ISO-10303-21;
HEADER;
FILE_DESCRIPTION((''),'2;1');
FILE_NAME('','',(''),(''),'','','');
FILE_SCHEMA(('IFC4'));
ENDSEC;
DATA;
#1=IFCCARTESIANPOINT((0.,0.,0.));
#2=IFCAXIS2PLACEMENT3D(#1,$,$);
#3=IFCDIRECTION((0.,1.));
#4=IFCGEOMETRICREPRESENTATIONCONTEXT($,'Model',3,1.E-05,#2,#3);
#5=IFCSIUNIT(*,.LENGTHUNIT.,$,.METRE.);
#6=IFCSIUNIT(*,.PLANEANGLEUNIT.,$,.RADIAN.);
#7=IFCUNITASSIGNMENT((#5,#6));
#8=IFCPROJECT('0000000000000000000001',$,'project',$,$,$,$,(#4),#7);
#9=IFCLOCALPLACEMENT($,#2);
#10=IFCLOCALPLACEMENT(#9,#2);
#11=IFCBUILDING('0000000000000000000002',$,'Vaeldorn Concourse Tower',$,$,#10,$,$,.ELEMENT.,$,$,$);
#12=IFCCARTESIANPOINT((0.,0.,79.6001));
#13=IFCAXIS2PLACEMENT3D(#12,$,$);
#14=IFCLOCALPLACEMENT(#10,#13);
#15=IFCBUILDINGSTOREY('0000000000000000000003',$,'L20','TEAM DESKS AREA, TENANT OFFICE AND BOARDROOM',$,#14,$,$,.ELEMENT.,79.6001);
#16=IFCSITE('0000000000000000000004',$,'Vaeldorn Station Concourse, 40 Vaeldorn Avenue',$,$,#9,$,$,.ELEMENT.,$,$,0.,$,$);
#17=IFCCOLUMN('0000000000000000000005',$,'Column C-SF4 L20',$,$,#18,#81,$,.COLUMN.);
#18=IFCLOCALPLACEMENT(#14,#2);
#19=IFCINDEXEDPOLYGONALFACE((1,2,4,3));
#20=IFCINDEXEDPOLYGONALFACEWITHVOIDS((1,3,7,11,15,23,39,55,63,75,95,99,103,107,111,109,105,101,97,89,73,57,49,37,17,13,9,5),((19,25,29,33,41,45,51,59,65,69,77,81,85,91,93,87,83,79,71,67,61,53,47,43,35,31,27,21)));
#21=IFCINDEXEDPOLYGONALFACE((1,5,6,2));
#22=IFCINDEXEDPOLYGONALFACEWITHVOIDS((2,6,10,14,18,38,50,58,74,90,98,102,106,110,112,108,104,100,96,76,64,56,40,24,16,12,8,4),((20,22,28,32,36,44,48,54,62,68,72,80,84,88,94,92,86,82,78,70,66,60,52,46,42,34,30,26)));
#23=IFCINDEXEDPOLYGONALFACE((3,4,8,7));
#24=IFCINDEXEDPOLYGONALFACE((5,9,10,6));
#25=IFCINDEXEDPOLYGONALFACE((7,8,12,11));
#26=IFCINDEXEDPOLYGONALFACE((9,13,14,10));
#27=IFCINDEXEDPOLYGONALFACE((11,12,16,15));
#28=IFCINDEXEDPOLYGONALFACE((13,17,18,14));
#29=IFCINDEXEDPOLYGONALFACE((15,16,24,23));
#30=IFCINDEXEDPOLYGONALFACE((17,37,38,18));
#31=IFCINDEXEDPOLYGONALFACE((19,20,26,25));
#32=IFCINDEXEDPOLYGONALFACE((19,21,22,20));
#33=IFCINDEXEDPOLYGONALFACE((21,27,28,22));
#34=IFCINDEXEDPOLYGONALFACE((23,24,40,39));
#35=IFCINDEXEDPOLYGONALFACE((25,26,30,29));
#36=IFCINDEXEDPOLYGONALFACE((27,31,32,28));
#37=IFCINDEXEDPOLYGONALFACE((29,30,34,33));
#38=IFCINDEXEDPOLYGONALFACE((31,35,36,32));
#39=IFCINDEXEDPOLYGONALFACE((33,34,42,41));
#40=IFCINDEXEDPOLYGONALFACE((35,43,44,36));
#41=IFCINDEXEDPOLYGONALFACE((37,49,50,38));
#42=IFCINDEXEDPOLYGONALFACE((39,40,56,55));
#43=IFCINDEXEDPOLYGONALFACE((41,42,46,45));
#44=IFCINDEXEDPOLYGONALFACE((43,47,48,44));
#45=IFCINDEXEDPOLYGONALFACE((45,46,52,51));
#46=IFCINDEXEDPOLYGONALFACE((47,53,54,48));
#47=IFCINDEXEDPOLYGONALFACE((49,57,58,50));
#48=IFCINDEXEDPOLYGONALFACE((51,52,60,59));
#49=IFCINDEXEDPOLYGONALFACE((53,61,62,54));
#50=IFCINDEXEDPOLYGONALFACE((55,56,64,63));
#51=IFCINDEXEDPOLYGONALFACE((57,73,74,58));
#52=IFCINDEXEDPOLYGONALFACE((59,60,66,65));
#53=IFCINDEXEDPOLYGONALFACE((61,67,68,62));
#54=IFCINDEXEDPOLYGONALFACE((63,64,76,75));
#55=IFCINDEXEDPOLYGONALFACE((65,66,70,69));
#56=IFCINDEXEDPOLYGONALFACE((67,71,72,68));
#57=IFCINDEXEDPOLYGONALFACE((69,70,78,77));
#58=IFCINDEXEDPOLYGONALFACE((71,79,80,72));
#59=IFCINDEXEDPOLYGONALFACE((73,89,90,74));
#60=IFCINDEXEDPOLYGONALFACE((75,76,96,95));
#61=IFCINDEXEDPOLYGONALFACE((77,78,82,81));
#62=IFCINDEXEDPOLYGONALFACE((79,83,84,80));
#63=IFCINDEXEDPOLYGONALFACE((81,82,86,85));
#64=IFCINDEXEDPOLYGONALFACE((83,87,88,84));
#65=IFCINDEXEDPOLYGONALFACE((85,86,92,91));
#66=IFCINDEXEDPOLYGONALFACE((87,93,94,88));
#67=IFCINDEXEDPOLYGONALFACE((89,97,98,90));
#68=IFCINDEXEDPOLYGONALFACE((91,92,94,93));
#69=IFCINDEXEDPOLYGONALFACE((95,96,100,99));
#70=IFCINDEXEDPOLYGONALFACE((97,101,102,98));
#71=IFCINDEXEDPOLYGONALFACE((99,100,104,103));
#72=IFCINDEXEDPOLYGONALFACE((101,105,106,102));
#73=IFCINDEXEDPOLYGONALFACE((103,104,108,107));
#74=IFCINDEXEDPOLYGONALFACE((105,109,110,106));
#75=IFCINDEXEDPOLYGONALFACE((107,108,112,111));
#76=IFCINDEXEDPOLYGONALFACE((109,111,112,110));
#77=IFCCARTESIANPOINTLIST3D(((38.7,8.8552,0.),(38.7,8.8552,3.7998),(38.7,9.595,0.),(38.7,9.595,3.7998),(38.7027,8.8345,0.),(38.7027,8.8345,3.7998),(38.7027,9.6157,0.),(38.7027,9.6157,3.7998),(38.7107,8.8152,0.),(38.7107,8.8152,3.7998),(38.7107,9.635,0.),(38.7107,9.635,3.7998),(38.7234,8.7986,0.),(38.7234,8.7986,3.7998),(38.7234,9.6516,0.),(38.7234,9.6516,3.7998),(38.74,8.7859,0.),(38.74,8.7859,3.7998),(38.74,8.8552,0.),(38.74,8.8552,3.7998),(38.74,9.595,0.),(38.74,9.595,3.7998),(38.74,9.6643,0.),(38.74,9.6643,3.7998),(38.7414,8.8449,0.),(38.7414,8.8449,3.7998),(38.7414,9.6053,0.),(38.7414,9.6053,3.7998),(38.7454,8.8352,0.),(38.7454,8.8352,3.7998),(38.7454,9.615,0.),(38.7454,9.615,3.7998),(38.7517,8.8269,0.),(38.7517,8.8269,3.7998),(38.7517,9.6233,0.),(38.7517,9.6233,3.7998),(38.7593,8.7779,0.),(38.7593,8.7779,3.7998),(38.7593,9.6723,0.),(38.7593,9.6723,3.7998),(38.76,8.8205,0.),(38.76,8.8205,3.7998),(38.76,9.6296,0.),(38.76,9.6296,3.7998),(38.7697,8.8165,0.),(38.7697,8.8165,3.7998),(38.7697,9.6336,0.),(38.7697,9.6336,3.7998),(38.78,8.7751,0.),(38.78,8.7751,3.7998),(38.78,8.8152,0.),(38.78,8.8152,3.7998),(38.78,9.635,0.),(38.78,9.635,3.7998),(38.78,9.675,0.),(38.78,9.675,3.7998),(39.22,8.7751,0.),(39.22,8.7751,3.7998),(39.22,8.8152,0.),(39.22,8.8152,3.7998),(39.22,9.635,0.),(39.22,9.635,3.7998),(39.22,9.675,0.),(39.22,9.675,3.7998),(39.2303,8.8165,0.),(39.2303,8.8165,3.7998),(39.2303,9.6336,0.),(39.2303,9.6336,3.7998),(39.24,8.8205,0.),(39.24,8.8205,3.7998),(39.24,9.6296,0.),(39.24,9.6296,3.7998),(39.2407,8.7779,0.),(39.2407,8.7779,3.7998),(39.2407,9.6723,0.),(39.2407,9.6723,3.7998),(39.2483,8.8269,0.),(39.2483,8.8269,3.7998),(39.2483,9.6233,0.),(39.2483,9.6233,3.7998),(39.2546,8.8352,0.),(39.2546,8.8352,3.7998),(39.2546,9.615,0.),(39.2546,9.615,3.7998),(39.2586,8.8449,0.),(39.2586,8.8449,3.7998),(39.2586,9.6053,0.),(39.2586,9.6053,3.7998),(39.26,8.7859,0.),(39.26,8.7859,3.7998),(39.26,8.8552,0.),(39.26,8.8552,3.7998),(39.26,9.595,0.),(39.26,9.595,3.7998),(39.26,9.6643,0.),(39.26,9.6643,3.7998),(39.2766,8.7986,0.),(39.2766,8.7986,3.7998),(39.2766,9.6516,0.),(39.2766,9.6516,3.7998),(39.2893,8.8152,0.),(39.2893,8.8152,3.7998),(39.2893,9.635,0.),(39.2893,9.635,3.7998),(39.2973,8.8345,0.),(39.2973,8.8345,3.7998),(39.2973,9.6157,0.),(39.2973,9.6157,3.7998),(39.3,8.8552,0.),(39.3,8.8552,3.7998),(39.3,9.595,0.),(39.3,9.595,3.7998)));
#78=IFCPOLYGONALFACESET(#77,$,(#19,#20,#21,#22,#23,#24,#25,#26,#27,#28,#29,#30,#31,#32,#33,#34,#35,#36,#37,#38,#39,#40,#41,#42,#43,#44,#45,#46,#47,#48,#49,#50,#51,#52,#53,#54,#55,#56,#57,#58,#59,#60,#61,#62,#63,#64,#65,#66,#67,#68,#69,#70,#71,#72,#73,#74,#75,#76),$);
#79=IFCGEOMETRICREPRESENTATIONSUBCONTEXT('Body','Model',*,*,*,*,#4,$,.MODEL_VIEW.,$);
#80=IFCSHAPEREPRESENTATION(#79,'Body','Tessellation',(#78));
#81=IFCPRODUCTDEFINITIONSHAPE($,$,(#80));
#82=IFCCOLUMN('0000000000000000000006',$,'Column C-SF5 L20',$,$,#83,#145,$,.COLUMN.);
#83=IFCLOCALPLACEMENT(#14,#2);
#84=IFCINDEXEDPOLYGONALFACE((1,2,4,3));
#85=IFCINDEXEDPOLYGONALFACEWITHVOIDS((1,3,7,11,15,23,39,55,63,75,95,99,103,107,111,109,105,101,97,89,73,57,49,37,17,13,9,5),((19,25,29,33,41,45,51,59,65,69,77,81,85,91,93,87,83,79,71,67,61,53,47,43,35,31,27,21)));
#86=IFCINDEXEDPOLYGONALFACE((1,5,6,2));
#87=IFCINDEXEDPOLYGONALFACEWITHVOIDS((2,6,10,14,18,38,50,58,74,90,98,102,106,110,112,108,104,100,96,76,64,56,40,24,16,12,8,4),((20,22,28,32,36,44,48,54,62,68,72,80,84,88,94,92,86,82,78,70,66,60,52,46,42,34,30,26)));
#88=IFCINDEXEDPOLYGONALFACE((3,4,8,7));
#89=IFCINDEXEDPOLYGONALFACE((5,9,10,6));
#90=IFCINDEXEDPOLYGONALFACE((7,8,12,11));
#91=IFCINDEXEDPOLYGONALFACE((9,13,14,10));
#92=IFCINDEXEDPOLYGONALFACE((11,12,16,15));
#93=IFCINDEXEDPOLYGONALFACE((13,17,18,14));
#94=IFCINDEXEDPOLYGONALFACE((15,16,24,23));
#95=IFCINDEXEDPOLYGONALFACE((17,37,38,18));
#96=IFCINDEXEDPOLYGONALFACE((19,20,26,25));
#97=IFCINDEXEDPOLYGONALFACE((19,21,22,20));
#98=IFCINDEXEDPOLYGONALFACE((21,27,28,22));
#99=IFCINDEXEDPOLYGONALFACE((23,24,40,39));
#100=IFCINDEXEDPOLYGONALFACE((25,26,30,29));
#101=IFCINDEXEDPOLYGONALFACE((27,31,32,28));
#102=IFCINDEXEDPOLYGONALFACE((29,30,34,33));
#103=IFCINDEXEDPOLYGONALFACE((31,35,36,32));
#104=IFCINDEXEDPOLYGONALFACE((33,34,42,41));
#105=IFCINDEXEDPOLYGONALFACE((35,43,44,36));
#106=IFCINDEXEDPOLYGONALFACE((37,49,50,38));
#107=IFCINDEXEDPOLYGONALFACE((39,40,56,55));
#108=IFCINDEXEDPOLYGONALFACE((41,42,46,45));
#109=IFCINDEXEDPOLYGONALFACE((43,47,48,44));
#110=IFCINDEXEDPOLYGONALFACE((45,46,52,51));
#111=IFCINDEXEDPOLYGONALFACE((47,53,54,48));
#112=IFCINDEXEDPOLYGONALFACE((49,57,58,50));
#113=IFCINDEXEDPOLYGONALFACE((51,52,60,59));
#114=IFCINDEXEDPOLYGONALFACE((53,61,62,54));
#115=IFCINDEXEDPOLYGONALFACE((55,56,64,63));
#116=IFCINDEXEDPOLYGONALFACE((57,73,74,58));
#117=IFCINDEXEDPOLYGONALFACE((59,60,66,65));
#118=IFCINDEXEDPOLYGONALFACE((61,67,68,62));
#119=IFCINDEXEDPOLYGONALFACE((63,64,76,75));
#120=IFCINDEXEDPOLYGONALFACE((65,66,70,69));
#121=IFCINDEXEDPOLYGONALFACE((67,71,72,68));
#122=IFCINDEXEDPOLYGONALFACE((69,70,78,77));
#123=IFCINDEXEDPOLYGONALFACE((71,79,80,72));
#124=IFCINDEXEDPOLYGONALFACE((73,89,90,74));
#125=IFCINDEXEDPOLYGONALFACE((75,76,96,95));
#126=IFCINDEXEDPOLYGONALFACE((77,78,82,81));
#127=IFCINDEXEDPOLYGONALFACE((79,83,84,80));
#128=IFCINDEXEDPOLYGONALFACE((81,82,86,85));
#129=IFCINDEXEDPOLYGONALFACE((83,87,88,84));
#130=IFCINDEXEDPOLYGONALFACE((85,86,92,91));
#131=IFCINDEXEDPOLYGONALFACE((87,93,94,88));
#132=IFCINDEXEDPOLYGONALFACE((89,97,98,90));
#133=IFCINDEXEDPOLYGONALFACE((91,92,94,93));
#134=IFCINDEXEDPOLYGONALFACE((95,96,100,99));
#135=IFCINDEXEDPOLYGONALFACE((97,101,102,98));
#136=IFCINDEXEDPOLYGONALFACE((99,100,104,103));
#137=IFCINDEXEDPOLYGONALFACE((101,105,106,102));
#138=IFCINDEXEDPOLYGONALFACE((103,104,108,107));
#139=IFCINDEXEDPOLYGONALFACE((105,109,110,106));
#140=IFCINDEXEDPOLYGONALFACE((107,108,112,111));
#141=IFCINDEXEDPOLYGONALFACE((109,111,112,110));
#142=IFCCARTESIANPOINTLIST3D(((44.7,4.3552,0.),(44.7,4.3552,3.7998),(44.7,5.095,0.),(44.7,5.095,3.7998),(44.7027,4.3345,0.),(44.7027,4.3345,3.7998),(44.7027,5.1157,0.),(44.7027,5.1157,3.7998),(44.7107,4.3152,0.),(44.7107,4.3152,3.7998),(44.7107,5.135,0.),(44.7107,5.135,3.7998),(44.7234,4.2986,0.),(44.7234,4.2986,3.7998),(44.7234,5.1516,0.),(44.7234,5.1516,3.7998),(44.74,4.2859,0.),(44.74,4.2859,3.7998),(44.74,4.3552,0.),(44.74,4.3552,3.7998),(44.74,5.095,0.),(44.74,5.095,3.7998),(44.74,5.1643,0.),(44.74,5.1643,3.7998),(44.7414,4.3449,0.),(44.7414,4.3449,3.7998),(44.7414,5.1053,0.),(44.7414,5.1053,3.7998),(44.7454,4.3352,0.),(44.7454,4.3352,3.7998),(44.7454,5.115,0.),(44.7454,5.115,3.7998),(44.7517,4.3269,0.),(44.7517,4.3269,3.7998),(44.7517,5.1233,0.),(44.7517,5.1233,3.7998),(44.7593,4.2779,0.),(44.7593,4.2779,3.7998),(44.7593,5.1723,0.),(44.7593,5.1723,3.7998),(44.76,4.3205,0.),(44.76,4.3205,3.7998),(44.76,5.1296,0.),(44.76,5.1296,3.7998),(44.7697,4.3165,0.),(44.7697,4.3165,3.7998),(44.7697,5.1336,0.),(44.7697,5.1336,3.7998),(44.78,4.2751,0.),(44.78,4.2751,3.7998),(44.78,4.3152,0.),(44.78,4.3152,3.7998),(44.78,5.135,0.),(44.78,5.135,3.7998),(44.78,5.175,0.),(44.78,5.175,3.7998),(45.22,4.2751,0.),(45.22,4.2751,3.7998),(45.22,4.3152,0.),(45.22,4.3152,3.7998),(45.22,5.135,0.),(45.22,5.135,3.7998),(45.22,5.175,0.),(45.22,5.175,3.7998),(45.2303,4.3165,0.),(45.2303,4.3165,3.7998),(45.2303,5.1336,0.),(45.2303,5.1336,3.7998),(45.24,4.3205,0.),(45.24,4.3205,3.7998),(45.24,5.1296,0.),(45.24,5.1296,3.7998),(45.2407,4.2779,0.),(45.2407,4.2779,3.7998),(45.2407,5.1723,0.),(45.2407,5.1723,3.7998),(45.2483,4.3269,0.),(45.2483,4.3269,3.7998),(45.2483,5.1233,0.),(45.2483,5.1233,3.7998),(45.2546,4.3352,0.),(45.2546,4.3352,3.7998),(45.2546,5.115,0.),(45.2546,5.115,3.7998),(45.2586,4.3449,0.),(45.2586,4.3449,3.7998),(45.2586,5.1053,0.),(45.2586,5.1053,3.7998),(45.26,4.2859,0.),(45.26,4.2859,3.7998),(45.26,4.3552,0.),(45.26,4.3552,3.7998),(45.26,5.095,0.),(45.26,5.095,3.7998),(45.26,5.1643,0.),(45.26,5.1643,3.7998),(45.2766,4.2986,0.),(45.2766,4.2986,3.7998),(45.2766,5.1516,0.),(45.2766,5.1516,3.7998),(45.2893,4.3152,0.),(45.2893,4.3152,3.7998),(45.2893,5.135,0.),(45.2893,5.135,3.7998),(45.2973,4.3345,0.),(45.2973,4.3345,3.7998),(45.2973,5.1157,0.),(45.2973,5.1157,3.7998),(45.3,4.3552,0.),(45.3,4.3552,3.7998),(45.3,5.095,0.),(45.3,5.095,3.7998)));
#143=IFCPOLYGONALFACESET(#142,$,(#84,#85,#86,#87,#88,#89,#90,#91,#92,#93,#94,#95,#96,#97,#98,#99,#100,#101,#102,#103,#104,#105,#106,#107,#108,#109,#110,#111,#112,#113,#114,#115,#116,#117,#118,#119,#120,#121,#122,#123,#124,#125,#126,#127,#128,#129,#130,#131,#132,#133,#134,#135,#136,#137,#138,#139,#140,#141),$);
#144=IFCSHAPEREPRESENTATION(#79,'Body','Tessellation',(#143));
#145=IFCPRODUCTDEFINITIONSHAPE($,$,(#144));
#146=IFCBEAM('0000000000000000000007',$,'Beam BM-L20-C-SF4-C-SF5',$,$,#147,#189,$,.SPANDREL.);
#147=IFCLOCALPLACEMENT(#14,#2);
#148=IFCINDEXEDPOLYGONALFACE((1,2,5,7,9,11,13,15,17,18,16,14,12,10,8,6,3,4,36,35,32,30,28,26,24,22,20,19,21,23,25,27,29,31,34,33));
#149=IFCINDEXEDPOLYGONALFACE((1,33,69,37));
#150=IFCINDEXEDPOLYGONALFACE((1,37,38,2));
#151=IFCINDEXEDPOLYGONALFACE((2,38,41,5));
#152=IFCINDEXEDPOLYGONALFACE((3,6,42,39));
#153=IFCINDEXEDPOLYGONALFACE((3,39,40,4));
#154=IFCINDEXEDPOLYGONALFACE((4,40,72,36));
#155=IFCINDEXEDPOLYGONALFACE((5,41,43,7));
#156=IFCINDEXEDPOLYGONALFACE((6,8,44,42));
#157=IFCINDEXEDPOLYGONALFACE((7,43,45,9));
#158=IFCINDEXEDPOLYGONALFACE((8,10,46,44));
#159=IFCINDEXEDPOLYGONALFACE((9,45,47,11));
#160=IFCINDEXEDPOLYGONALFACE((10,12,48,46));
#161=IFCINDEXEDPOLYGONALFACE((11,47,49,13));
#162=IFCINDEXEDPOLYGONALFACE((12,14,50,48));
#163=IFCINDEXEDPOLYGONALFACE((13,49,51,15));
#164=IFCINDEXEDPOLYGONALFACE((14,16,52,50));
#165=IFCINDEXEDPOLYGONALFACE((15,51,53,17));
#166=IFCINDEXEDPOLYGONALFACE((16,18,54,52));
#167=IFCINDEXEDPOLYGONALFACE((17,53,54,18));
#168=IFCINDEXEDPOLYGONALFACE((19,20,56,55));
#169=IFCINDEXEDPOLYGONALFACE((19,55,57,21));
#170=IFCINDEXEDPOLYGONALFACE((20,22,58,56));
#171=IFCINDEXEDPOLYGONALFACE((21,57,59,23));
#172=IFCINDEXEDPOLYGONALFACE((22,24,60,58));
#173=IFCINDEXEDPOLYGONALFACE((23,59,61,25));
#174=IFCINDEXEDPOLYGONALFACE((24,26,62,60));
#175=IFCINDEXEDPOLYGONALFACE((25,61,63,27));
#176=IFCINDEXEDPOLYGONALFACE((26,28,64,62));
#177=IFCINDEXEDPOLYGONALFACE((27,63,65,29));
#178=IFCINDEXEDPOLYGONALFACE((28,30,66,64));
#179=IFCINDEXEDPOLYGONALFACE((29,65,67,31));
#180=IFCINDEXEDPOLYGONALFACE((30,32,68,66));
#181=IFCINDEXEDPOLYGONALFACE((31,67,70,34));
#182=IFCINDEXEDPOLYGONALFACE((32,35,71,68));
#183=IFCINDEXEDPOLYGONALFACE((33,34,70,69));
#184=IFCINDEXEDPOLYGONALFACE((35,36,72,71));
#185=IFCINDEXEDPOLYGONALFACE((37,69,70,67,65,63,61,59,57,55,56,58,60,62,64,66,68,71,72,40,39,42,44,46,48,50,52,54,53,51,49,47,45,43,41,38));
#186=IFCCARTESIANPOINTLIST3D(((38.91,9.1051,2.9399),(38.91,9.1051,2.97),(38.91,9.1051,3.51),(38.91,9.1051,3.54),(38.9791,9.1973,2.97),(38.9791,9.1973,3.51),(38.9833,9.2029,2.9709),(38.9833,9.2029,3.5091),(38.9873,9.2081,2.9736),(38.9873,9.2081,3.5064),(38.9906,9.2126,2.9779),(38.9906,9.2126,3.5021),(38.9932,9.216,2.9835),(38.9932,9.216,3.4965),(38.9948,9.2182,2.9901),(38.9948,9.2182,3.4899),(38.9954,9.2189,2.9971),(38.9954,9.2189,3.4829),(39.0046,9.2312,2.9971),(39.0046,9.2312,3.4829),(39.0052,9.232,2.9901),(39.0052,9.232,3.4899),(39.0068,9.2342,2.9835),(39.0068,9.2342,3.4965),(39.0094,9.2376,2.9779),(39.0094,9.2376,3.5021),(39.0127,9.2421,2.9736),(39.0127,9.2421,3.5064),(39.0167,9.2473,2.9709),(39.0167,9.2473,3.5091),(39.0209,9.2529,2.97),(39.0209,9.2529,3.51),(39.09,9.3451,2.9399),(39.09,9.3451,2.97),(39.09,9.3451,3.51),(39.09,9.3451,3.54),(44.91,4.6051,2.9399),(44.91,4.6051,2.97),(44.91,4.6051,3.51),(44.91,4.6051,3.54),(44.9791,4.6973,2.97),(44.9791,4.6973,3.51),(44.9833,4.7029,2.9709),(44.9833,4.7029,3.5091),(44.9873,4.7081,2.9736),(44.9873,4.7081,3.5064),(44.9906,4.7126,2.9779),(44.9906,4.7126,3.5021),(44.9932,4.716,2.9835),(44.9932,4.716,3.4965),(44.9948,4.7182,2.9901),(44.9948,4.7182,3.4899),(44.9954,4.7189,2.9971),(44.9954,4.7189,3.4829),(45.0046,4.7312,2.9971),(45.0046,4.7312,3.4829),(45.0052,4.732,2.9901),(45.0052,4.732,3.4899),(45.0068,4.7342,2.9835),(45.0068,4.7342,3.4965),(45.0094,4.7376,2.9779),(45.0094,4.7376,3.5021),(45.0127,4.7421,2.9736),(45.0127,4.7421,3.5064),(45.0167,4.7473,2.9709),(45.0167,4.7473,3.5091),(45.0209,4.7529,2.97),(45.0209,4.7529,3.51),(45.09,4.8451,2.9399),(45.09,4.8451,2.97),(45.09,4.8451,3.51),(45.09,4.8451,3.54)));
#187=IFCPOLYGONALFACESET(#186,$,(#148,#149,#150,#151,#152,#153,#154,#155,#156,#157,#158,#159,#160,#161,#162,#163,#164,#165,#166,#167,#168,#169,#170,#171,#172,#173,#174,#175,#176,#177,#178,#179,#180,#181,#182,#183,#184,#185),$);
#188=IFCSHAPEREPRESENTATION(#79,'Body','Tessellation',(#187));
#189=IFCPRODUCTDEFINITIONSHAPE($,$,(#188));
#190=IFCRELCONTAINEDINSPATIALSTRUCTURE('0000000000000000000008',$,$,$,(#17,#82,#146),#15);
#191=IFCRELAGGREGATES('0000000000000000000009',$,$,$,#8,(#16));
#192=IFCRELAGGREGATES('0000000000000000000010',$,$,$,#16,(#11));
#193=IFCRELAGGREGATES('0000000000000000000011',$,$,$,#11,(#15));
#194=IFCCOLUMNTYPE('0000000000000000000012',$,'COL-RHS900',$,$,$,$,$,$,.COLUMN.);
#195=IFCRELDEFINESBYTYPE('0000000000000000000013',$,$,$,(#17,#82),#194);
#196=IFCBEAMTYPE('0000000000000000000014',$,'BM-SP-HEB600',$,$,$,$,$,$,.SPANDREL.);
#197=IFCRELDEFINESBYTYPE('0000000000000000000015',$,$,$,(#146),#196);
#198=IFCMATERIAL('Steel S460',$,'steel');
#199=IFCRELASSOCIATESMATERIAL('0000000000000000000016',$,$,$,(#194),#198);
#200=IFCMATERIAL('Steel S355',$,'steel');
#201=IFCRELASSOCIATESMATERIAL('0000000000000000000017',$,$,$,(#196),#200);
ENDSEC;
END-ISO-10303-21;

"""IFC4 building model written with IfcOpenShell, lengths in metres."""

from ifc_helpers import new_model, si_unit, direction, frame, origin, origin_2d, place, context, subcontext, project, spatial, hollow_rectangle, i_section, extrude, source, transform, mapped, material, material_profile, profile_set, type_object, element, save


model = new_model("IFC4")

# Units and contexts
model_context = context("Model", 3, precision=1e-05, world=origin(), true_north=direction((0.0, 1.0)))
body_context = subcontext(model_context, "Body", "Model", "MODEL_VIEW")
ifc_project = project(units=[si_unit("LENGTHUNIT", "METRE"), si_unit("PLANEANGLEUNIT", "RADIAN")], contexts=[model_context])

# Site, building, storey
site_placement = place(None, origin())
site = spatial("IfcSite", under=ifc_project, at=site_placement, Name="Vaeldorn Station Concourse, 40 Vaeldorn Avenue", CompositionType="ELEMENT", RefElevation=0.0)
building_placement = place(site_placement, origin())
building = spatial("IfcBuilding", under=site, at=building_placement, Name="Vaeldorn Concourse Tower", CompositionType="ELEMENT")
storey_placement = place(building_placement, frame((0.0, 0.0, 79.6001)))
storey = spatial("IfcBuildingStorey", under=building, at=storey_placement, Name="L20", Description="TEAM DESKS AREA, TENANT OFFICE AND BOARDROOM", CompositionType="ELEMENT", Elevation=79.6001)

# Columns
ifc_material_1 = material(Name="Steel S460", Category="steel")
ifc_material_profile_1 = material_profile(ifc_material_1, hollow_rectangle(XDim=0.6001, YDim=0.8999, WallThickness=0.04, InnerFilletRadius=0.04, OuterFilletRadius=0.0801, at=origin_2d()), Name="RHS 900x600x40")
ifc_profile_set_1 = profile_set([ifc_material_profile_1], Name="Steel S460")
column_type = type_object("IfcColumnType", Name="COL-RHS900", PredefinedType="COLUMN", material=ifc_profile_set_1)
shared_shape_1 = source(origin(), body_context, "Body", "SweptSolid", [
    extrude(hollow_rectangle(XDim=0.6001, YDim=0.8999, WallThickness=0.04, InnerFilletRadius=0.04, OuterFilletRadius=0.0801, at=origin_2d()), origin(), (0.0, 0.0, 1.0), 3.7998),
])
for number, where, z_axis, x_axis, name in (
    (1, (39.0, 9.2251, 0.0), (0.0, 0.0, 1.0), (1.0, 0.0, 0.0), "Column C-SF4 L20"),
    (2, (45.0, 4.7251, 0.0), (0.0, 0.0, 1.0), (1.0, 0.0, 0.0), "Column C-SF5 L20"),
):
    element("IfcColumn", number, at=place(storey_placement, frame(where, z_axis=z_axis, x_axis=x_axis)), inside=storey, type_object=column_type, Name=name, PredefinedType="COLUMN", context=body_context, shape_type="MappedRepresentation", body=[
        mapped(shared_shape_1, transform((0.0, 0.0, 0.0), scale=1.0)),
    ])

# Beam
ifc_material_2 = material(Name="Steel S355", Category="steel")
ifc_material_profile_2 = material_profile(ifc_material_2, i_section(OverallWidth=0.3, OverallDepth=0.6001, WebThickness=0.0154, FlangeThickness=0.03, FilletRadius=0.0271, at=origin_2d()), Name="HEB 600")
ifc_profile_set_2 = profile_set([ifc_material_profile_2], Name="Steel S355")
beam_type_1 = type_object("IfcBeamType", Name="BM-SP-HEB600", PredefinedType="SPANDREL", material=ifc_profile_set_2)
shared_shape_2 = source(origin(), body_context, "Body", "SweptSolid", [
    extrude(i_section(OverallWidth=0.3, OverallDepth=0.6001, WebThickness=0.0154, FlangeThickness=0.03, FilletRadius=0.0271, at=origin_2d()), origin(), (0.0, 0.0, 1.0), 7.5),
])
beam_placement = place(storey_placement, frame((39.0, 9.2251, 3.24), z_axis=(0.8, -0.6, 0.0), x_axis=(0.6, 0.8, 0.0)))
element("IfcBeam", 3, at=beam_placement, inside=storey, type_object=beam_type_1, Name="Beam BM-L20-C-SF4-C-SF5", PredefinedType="SPANDREL", context=body_context, shape_type="MappedRepresentation", body=[
    mapped(shared_shape_2, transform((0.0, 0.0, 0.0), scale=1.0)),
])

save(model, "model.ifc")
